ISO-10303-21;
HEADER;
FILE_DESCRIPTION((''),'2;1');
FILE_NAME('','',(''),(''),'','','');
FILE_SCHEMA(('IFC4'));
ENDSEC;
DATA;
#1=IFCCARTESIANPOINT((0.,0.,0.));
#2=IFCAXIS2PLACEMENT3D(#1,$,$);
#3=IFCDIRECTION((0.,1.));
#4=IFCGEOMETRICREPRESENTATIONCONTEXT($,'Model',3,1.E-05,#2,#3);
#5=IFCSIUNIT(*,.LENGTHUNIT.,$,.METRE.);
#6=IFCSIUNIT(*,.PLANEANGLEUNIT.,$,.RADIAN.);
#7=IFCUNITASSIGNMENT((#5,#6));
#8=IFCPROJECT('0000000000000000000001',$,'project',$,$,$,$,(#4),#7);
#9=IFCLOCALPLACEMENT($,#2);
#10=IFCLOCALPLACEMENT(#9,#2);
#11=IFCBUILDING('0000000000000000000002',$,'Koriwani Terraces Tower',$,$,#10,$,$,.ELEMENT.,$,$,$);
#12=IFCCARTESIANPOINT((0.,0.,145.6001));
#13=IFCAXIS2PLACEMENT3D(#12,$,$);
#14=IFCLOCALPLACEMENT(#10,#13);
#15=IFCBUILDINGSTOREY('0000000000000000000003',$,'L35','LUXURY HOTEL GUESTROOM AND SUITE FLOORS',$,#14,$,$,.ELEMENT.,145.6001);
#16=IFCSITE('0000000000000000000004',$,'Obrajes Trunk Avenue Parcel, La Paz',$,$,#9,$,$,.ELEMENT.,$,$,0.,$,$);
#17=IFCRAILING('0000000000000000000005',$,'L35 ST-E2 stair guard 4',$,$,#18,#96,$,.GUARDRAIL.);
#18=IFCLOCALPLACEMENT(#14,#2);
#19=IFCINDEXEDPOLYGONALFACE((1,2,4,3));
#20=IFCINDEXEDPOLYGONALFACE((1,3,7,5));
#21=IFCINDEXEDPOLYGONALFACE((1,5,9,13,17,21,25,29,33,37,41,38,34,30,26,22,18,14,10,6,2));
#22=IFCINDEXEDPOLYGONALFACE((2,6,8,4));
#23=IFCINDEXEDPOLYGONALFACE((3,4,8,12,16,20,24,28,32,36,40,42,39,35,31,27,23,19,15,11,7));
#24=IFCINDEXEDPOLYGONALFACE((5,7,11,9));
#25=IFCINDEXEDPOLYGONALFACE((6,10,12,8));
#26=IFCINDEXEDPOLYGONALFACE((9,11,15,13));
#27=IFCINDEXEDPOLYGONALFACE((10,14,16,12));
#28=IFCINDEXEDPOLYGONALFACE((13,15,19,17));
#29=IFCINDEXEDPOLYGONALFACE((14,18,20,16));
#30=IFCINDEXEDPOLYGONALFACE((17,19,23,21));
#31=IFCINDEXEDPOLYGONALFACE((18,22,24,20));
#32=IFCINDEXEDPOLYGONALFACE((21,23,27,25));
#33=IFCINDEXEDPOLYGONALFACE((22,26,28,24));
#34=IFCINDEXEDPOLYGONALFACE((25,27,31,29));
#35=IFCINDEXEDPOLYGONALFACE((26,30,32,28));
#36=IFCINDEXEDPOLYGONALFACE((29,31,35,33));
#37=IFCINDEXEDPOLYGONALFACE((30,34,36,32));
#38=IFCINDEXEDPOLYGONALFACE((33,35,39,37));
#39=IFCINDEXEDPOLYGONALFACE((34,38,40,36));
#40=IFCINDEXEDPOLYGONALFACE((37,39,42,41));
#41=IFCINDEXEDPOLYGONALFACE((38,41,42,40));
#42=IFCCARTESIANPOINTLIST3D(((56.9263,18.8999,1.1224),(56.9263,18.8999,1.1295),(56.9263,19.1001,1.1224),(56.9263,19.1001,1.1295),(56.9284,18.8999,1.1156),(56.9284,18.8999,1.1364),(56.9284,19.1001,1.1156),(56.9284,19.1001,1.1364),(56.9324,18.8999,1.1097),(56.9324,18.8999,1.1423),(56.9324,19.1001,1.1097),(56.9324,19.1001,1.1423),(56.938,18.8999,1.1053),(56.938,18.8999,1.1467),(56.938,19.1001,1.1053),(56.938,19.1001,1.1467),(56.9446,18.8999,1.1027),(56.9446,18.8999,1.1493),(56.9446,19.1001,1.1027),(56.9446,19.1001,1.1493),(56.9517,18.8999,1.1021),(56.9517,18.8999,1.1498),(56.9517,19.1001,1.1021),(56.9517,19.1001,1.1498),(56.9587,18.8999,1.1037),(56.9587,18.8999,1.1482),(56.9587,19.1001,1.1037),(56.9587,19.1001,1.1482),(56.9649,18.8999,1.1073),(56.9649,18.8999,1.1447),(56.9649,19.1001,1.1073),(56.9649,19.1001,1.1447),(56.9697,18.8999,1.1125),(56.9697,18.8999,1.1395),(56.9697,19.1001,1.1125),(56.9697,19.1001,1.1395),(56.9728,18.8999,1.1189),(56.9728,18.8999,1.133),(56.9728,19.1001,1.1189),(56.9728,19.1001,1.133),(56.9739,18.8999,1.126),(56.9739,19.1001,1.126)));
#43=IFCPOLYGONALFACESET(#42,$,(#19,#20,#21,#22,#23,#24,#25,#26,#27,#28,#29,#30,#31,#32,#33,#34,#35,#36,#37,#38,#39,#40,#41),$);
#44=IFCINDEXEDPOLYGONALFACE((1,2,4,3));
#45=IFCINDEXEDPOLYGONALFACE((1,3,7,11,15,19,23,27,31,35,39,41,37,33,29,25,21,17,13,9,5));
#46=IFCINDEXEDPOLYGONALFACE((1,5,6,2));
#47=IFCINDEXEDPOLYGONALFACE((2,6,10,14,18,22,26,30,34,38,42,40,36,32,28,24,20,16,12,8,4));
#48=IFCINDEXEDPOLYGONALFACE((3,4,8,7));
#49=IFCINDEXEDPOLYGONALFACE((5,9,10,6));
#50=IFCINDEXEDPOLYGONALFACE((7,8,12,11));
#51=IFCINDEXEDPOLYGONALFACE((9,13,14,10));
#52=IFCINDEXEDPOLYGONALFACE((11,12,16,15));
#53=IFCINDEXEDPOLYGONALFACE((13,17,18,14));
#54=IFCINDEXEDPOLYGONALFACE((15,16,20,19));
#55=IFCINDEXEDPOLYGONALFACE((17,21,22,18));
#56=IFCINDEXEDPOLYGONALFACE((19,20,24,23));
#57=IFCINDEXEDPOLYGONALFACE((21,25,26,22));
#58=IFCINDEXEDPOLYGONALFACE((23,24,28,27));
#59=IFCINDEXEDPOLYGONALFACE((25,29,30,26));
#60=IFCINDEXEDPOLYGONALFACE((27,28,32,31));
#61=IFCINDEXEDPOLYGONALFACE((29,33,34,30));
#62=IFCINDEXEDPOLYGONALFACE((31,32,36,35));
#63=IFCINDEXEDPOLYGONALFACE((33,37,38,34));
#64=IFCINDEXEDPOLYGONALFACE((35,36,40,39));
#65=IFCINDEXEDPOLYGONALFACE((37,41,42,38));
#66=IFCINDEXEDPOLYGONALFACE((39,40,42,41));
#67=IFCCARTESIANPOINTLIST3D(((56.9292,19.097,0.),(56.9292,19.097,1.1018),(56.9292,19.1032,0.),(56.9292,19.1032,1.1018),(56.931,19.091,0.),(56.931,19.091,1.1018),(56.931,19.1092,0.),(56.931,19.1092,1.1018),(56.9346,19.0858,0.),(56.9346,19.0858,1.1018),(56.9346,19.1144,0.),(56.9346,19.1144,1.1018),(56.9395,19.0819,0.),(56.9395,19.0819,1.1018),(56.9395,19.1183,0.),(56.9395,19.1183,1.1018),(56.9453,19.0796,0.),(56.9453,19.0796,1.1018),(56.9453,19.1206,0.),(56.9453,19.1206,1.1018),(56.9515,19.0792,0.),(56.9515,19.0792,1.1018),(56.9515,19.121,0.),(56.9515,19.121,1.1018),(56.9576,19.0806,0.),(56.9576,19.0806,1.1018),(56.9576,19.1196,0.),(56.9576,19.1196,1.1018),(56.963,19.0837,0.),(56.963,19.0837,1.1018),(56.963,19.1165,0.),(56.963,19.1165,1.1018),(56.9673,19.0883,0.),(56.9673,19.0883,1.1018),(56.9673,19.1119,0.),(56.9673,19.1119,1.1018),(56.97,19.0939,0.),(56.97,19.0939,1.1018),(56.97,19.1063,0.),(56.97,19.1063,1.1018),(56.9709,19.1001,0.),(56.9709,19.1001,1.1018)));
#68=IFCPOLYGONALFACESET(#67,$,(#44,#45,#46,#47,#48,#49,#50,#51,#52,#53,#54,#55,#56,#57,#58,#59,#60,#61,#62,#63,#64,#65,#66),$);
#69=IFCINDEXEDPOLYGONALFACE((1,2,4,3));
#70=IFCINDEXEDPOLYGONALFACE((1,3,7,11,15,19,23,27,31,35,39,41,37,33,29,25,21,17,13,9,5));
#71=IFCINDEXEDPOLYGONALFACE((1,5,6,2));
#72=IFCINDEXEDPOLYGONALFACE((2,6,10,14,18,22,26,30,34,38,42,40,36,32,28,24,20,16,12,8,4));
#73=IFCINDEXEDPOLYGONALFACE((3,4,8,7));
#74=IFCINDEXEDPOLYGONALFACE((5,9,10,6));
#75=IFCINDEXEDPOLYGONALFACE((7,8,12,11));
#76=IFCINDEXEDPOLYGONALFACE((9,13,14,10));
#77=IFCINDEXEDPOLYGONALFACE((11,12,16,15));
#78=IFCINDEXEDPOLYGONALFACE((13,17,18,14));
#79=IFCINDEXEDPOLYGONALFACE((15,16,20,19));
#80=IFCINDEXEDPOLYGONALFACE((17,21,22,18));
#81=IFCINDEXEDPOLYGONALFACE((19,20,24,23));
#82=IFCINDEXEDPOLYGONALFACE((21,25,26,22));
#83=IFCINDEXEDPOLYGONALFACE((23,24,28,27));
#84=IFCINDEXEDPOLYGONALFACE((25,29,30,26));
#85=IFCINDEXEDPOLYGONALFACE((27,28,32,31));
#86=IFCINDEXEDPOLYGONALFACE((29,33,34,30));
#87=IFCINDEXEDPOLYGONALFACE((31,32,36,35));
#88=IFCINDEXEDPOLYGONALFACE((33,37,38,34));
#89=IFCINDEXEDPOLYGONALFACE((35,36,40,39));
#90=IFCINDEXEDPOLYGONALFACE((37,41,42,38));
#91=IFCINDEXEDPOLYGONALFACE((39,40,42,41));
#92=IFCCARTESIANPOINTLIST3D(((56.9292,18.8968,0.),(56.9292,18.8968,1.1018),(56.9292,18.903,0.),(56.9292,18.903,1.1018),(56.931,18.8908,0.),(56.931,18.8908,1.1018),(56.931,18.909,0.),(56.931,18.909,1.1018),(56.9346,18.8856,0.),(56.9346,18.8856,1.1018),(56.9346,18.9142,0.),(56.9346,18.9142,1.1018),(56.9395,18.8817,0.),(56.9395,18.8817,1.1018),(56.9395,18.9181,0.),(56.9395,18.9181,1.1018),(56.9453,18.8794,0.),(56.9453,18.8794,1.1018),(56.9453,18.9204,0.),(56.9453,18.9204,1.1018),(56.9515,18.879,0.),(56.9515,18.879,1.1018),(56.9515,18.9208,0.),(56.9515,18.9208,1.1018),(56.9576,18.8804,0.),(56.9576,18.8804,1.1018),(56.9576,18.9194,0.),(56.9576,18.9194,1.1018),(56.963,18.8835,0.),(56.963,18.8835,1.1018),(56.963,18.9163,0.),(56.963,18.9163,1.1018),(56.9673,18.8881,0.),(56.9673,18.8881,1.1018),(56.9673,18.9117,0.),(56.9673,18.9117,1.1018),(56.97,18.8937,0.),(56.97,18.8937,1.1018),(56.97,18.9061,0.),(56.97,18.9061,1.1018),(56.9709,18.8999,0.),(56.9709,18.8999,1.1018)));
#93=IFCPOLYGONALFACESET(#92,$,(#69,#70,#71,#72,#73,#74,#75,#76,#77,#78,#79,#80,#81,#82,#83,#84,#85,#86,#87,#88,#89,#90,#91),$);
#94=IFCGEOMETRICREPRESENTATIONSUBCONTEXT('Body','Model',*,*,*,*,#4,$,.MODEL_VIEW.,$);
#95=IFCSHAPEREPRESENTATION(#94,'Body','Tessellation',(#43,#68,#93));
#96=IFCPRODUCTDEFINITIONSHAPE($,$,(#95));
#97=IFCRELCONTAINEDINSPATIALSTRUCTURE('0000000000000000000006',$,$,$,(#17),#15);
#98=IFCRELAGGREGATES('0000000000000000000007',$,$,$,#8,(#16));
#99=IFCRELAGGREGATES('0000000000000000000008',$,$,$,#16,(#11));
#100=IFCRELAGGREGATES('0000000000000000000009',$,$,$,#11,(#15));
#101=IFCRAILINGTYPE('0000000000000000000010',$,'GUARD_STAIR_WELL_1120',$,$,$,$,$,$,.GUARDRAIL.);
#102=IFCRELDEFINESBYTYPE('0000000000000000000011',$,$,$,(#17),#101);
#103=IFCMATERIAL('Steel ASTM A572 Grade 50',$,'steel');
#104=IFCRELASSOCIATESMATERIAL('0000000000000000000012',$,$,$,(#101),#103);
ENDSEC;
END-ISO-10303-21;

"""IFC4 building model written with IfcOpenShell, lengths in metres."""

from ifc_helpers import new_model, si_unit, direction, frame, origin, origin_2d, place, context, subcontext, project, spatial, circle, extrude, material, type_object, element, save


model = new_model("IFC4")

# Units and contexts
model_context = context("Model", 3, precision=1e-05, world=origin(), true_north=direction((0.0, 1.0)))
body_context = subcontext(model_context, "Body", "Model", "MODEL_VIEW")
ifc_project = project(units=[si_unit("LENGTHUNIT", "METRE"), si_unit("PLANEANGLEUNIT", "RADIAN")], contexts=[model_context])

# Site, building, storey
site_placement = place(None, origin())
site = spatial("IfcSite", under=ifc_project, at=site_placement, Name="Obrajes Trunk Avenue Parcel, La Paz", CompositionType="ELEMENT", RefElevation=0.0)
building_placement = place(site_placement, origin())
building = spatial("IfcBuilding", under=site, at=building_placement, Name="Koriwani Terraces Tower", CompositionType="ELEMENT")
storey_placement = place(building_placement, frame((0.0, 0.0, 145.6001)))
storey = spatial("IfcBuildingStorey", under=building, at=storey_placement, Name="L35", Description="LUXURY HOTEL GUESTROOM AND SUITE FLOORS", CompositionType="ELEMENT", Elevation=145.6001)

# Shared definitions
ifc_material_1 = material(Name="Steel ASTM A572 Grade 50", Category="steel")

# Railing
railing_type_1 = type_object("IfcRailingType", Name="GUARD_STAIR_WELL_1120", PredefinedType="GUARDRAIL", material=ifc_material_1)
railing_1_placement = place(storey_placement, frame((56.95, 19.1001, 0.0)))
element("IfcRailing", 1, at=railing_1_placement, inside=storey, type_object=railing_type_1, Name="L35 ST-E2 stair guard 4", PredefinedType="GUARDRAIL", context=body_context, shape_type="SweptSolid", body=[
    extrude(circle(Radius=0.0239, at=origin_2d()), frame((0.0, 0.0, 1.126), z_axis=(0.0, -1.0, 0.0), x_axis=(1.0, 0.0, 0.0)), (0.0, 0.0, 1.0), 0.2002),
    extrude(circle(Radius=0.021, at=origin_2d()), origin(), (0.0, 0.0, 1.0), 1.1018),
    extrude(circle(Radius=0.021, at=origin_2d()), frame((0.0, -0.2002, 0.0)), (0.0, 0.0, 1.0), 1.1018),
])

save(model, "model.ifc")
